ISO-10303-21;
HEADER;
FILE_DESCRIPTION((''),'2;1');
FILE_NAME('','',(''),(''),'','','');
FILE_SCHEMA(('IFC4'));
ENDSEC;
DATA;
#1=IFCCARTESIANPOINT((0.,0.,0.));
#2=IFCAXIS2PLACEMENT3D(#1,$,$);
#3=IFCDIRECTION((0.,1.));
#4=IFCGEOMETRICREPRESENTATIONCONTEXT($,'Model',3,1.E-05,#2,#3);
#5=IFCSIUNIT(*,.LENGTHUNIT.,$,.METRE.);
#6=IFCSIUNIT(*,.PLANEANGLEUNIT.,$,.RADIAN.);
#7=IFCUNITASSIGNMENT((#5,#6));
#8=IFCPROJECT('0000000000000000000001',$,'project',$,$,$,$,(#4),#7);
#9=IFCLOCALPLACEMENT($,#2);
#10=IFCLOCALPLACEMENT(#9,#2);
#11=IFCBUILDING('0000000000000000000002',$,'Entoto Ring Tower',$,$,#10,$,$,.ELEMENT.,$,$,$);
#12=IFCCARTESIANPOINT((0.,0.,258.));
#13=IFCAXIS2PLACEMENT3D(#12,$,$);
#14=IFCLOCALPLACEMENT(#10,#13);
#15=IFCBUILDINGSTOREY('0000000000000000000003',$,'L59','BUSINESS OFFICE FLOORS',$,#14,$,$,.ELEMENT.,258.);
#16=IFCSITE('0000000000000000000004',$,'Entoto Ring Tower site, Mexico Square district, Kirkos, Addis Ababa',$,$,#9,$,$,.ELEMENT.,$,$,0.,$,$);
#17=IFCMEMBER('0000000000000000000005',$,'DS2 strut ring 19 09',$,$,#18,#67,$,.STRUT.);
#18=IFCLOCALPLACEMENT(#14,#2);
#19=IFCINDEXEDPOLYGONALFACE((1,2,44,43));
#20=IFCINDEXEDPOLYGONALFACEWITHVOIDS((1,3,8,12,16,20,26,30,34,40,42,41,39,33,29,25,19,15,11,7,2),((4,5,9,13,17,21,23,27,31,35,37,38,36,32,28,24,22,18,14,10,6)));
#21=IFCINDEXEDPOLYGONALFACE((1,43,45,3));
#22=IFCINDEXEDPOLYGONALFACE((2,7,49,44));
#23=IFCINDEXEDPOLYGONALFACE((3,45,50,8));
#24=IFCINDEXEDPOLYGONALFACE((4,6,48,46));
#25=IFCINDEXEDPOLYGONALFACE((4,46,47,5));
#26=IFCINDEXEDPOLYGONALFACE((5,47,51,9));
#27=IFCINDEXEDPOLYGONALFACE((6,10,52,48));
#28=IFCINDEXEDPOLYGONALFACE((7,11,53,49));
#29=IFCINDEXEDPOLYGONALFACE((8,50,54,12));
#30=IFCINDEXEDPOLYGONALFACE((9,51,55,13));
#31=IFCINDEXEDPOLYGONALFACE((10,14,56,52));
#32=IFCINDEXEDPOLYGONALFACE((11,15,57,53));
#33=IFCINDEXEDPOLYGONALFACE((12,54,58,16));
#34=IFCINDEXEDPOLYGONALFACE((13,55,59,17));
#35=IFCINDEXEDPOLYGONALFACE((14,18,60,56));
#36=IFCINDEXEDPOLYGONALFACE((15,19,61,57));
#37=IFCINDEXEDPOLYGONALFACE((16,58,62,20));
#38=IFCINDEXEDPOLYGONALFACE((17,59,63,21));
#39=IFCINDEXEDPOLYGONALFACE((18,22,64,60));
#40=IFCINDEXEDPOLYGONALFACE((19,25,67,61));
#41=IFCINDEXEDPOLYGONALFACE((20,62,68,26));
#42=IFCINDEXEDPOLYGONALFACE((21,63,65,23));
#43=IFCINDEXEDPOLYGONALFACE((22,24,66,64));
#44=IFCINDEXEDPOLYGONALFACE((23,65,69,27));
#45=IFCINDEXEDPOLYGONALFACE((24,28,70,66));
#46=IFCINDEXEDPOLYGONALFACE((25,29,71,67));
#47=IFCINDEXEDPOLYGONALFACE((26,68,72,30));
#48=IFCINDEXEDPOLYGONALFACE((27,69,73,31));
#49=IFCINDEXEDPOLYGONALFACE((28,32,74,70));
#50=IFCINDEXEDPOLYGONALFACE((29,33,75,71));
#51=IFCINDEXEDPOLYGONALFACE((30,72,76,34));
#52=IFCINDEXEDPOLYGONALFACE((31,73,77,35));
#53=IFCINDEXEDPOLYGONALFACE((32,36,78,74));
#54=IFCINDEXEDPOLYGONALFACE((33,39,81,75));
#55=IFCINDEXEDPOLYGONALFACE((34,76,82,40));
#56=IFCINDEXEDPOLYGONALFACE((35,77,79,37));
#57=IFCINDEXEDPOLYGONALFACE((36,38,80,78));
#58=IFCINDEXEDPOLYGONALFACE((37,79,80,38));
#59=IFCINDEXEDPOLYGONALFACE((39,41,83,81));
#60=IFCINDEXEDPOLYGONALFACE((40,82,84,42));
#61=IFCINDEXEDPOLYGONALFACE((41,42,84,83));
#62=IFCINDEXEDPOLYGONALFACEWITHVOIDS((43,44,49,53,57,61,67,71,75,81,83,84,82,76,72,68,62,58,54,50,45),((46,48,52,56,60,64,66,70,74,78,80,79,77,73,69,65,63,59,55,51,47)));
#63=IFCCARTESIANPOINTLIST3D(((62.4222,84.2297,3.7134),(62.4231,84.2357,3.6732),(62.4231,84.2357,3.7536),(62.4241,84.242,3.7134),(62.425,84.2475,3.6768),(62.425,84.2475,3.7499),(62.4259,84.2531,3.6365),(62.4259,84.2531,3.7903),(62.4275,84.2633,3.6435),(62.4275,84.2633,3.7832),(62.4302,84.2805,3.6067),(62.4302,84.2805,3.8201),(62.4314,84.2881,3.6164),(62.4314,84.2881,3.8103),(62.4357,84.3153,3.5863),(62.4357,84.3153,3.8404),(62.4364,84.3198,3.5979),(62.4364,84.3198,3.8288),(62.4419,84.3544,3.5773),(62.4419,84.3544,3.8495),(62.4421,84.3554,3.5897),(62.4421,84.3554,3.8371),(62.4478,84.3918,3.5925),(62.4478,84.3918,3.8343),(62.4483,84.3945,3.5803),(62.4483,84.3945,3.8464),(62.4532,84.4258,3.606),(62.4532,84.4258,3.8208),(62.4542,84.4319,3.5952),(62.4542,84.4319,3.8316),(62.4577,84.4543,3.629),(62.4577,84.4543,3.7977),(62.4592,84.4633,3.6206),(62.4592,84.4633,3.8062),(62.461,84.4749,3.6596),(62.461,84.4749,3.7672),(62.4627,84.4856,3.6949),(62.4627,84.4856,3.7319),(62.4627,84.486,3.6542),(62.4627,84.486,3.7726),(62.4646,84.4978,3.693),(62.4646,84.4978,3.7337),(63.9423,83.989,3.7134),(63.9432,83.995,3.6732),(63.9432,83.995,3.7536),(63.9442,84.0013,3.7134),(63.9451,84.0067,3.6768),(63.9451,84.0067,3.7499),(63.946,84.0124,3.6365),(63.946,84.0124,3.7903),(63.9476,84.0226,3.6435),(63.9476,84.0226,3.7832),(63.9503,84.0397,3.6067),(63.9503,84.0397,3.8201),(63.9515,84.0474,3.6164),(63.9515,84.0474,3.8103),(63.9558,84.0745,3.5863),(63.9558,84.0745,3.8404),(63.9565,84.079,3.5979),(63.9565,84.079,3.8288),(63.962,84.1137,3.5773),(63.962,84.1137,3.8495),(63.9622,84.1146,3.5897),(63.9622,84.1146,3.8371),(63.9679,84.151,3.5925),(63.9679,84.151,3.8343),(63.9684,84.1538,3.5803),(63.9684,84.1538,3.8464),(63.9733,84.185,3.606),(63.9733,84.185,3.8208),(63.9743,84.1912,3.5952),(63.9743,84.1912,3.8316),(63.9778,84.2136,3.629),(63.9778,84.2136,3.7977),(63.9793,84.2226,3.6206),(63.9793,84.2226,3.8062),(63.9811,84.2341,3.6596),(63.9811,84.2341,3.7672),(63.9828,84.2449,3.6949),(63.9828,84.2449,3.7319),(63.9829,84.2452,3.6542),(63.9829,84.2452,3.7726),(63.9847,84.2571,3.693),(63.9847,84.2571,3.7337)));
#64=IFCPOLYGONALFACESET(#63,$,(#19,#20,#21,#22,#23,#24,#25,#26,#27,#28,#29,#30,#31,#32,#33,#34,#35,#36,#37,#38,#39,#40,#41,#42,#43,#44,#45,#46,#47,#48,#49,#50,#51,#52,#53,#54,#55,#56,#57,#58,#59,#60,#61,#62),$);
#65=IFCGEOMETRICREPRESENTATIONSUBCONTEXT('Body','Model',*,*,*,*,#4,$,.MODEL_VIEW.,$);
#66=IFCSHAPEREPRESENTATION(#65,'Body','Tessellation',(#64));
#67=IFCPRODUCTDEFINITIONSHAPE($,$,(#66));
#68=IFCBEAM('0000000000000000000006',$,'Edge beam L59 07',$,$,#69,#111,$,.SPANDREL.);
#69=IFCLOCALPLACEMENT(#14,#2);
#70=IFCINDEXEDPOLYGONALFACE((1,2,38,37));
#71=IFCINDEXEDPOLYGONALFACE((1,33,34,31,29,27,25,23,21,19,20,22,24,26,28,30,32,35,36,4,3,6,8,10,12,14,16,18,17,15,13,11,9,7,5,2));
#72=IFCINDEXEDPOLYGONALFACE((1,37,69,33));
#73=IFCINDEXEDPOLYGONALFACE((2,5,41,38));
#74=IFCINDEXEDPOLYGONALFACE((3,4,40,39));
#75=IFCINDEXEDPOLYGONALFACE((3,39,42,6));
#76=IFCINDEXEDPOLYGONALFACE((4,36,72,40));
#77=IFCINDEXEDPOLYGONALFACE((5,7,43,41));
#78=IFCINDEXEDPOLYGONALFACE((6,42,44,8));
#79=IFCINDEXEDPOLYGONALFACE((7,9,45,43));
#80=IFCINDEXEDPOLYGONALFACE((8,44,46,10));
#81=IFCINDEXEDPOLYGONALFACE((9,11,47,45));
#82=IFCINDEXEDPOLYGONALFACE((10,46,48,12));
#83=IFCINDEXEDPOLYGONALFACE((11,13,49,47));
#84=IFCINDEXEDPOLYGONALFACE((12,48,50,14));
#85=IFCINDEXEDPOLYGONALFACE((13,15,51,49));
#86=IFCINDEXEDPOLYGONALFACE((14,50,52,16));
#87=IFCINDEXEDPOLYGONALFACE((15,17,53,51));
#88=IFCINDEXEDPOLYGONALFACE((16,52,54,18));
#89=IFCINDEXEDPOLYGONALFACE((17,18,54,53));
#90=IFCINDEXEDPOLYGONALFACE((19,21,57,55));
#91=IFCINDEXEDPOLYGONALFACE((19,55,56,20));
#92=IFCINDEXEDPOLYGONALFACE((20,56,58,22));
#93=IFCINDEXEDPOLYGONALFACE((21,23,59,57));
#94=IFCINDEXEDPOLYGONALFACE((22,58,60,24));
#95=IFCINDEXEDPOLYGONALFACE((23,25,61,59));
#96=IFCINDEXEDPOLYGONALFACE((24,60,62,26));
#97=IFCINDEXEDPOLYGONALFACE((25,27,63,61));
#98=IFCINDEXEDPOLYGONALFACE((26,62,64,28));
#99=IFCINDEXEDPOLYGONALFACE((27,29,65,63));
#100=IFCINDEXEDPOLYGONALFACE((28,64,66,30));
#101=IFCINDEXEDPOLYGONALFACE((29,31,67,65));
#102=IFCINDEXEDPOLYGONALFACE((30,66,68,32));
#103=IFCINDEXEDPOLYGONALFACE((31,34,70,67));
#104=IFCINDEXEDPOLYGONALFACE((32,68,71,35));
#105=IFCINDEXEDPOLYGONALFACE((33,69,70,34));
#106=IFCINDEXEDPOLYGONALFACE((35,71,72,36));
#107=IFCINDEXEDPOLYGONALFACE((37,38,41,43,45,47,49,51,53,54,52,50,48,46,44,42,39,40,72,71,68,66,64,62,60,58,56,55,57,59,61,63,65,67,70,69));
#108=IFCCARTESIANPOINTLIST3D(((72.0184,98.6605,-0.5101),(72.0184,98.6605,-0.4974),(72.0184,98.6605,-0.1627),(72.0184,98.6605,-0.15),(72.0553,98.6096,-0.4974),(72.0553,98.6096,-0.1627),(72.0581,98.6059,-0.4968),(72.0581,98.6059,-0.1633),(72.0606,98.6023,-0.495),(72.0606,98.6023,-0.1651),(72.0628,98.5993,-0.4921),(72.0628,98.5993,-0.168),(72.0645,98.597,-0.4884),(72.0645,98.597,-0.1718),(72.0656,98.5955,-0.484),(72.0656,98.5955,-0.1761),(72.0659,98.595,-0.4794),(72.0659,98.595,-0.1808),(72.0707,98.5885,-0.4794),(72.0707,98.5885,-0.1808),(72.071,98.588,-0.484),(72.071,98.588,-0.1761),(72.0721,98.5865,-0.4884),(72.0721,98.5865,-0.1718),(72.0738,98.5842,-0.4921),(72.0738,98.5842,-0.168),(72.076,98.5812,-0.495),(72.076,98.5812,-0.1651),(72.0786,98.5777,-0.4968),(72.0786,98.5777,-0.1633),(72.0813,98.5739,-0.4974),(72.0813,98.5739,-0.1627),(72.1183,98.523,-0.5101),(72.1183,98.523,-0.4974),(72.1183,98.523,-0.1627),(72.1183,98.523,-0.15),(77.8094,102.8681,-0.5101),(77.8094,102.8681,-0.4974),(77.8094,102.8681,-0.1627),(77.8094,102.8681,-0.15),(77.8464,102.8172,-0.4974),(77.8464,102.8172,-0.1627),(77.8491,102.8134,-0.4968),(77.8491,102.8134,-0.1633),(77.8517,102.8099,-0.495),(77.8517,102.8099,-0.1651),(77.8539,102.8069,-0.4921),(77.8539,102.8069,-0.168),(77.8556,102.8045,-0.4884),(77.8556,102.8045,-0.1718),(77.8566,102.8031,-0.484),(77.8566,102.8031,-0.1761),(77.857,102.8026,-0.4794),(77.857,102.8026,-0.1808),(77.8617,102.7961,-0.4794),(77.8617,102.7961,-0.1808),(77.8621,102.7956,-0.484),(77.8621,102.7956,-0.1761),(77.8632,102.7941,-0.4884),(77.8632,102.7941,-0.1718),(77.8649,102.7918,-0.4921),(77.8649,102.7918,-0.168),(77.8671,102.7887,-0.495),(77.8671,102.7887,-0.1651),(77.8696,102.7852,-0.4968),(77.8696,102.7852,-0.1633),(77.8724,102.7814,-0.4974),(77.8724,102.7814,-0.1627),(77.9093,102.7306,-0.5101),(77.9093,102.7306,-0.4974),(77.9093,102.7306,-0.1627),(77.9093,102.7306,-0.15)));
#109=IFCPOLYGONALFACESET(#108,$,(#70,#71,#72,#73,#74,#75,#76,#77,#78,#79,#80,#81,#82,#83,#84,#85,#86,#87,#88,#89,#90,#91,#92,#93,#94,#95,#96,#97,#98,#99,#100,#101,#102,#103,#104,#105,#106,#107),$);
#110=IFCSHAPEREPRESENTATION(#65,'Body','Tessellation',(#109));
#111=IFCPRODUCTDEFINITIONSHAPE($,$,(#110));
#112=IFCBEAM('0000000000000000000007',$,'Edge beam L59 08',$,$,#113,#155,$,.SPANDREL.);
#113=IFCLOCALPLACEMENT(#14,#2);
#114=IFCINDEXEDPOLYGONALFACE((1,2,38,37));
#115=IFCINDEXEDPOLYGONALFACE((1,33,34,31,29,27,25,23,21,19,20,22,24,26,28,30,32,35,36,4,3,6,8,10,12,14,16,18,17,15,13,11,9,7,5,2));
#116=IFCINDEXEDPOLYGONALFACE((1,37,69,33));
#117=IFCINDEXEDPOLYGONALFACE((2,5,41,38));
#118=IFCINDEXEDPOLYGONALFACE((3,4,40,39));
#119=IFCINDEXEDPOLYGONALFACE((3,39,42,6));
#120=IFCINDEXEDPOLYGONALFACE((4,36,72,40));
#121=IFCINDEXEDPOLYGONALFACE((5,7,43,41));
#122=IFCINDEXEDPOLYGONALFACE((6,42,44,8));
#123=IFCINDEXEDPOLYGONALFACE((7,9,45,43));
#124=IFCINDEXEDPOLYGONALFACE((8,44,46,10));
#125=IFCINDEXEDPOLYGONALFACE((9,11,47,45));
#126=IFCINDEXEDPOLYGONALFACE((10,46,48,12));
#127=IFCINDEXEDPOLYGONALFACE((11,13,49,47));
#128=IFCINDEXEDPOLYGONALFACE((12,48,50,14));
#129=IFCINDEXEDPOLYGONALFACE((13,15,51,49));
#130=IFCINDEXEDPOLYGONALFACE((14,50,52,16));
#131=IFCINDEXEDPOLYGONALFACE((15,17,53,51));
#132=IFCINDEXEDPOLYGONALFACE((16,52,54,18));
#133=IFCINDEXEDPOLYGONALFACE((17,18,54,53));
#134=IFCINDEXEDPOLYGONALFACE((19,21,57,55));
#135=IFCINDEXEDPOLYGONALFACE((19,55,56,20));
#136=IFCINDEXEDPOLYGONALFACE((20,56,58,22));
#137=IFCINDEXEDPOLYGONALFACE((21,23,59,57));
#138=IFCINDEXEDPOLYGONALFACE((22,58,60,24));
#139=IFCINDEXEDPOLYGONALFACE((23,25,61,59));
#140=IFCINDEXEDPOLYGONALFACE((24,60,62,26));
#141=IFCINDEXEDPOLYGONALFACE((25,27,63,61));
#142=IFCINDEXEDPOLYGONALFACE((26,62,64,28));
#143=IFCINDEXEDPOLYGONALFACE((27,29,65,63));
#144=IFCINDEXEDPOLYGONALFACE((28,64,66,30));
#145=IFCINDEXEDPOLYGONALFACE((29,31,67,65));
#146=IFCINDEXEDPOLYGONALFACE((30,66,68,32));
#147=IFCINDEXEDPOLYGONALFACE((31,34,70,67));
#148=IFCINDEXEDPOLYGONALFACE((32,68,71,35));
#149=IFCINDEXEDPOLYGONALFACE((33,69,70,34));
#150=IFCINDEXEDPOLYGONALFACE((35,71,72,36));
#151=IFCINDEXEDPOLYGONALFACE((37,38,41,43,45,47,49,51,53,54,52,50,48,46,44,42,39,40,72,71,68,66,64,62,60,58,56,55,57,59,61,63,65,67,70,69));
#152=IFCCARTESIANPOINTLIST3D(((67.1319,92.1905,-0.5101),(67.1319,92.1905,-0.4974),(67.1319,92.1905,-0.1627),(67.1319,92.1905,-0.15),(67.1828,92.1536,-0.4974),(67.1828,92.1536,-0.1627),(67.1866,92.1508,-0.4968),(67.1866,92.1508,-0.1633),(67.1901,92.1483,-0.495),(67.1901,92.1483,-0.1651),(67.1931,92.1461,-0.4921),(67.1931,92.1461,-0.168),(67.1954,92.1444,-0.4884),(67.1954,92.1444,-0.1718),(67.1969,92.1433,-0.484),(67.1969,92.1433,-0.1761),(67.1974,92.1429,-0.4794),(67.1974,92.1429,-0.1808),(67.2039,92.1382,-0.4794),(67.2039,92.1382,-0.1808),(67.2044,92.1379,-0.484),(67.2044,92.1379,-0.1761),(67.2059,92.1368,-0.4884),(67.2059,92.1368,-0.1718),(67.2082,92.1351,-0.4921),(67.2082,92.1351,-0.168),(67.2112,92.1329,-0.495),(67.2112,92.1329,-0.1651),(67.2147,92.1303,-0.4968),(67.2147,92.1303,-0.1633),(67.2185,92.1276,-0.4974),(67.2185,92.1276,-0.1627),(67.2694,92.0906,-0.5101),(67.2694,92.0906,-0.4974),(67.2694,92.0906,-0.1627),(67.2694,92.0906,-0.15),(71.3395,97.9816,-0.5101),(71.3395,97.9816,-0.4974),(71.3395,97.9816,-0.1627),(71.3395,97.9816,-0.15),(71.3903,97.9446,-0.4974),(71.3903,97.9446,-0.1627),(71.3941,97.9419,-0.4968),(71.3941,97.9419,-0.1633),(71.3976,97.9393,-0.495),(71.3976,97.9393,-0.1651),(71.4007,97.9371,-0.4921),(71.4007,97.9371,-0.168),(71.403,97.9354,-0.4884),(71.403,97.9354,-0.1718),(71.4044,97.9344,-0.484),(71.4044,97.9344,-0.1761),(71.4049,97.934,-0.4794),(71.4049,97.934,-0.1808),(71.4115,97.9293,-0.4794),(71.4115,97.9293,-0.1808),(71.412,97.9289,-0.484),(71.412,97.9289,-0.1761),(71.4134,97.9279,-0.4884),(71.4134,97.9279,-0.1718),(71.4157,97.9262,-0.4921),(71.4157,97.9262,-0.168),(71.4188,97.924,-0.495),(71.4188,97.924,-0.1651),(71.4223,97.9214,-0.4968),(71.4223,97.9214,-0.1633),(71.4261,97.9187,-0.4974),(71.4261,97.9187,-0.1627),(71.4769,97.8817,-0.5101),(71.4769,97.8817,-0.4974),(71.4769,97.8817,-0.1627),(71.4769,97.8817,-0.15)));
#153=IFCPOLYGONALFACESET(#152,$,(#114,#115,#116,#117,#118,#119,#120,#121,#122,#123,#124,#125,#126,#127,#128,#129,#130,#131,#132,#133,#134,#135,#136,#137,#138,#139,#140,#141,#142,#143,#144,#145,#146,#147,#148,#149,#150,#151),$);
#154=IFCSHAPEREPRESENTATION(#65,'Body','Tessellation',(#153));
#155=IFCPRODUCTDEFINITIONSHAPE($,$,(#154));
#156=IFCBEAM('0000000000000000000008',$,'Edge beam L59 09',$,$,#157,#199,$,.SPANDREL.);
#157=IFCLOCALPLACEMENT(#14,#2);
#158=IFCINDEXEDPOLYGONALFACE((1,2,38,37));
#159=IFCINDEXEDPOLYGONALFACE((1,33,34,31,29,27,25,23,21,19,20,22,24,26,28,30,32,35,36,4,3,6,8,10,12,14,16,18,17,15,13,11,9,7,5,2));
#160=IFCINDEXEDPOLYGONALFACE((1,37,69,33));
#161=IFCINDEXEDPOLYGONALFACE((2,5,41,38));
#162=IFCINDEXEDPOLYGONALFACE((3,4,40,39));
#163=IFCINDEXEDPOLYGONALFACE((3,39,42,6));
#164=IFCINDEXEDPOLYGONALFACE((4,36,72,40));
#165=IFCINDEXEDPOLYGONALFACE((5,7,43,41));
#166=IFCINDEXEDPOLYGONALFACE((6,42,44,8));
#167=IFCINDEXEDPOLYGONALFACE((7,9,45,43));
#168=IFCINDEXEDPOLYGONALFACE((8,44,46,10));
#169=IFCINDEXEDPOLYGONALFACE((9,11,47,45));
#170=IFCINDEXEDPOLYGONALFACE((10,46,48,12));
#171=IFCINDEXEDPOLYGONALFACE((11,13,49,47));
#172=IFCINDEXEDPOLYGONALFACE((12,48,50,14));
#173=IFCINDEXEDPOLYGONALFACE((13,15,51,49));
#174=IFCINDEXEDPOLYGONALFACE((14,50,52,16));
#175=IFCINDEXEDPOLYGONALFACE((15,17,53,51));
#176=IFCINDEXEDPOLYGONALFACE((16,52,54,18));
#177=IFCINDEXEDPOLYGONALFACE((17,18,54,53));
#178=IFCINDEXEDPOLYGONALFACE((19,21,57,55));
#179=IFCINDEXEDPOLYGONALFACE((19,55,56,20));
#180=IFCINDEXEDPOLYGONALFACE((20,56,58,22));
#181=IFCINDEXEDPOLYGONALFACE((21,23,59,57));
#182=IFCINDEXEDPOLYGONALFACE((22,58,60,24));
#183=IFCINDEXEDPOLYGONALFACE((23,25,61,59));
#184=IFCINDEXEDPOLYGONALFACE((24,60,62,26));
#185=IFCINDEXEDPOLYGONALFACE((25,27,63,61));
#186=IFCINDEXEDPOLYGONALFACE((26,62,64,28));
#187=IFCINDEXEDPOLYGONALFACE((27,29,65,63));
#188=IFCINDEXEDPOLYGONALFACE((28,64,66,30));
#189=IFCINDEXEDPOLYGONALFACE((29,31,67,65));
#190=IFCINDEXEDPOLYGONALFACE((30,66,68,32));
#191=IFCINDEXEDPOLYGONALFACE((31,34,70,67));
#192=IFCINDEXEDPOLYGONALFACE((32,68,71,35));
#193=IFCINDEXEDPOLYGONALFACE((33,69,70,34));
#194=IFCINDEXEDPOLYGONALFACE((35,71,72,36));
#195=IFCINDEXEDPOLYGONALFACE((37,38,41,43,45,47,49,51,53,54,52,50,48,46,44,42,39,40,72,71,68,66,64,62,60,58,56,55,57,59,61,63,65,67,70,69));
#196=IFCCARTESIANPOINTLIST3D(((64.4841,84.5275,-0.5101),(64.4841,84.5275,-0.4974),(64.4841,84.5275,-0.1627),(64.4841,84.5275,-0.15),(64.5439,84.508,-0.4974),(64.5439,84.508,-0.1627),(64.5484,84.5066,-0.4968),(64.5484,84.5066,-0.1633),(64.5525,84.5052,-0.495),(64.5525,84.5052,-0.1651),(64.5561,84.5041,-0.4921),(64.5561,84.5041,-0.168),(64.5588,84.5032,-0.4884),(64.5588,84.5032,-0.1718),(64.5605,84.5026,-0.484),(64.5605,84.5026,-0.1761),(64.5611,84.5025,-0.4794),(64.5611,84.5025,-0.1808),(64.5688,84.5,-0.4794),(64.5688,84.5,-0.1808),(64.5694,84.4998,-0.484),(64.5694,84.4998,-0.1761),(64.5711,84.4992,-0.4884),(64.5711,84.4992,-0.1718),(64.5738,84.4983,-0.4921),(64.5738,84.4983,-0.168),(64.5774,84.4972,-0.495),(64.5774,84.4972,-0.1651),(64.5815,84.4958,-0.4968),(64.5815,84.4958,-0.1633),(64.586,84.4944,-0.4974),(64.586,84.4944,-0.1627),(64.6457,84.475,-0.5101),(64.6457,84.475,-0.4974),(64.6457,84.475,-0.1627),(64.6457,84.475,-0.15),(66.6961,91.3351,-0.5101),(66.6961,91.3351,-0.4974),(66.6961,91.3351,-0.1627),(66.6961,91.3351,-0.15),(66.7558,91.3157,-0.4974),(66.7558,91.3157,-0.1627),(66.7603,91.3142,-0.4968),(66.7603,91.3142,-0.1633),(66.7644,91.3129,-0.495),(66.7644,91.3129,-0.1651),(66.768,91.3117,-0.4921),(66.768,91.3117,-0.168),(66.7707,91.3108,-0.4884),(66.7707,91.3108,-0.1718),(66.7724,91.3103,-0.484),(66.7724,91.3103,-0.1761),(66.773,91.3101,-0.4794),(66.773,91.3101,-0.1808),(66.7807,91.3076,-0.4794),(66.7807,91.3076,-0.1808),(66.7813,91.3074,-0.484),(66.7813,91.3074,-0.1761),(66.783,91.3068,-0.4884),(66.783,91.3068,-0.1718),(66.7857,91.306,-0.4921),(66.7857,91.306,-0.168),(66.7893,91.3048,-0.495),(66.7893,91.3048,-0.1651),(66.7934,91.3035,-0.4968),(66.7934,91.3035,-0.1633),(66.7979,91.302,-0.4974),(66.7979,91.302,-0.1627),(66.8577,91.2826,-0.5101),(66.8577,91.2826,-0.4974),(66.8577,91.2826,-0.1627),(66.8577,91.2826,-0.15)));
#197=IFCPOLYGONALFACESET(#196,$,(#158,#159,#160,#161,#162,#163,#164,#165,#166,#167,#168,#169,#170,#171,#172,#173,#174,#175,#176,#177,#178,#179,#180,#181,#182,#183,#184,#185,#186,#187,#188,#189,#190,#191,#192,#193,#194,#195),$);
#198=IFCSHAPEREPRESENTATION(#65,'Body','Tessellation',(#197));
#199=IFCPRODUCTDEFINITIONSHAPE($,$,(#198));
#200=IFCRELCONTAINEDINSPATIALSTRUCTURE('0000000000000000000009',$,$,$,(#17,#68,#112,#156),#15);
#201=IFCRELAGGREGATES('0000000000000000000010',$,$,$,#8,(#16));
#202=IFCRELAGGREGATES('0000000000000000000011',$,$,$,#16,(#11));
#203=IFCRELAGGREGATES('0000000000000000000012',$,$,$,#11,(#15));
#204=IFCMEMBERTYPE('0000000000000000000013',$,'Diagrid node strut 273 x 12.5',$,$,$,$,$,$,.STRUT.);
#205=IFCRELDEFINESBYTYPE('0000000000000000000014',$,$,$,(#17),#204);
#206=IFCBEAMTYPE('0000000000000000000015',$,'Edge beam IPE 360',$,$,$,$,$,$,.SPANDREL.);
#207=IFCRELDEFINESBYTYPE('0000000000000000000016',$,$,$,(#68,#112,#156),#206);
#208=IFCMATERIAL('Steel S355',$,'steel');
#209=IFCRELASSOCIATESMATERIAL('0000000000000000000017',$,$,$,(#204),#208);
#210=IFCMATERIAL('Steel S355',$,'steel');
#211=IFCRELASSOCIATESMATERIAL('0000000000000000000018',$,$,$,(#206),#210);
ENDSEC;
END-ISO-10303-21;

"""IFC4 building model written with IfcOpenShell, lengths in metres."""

from ifc_helpers import new_model, si_unit, direction, frame, origin, origin_2d, place, context, subcontext, project, spatial, circle, hollow_circle, i_section, extrude, material, material_profile, profile_set, type_object, element, save


model = new_model("IFC4")

# Units and contexts
model_context = context("Model", 3, precision=1e-05, world=origin(), true_north=direction((0.0, 1.0)))
body_context = subcontext(model_context, "Body", "Model", "MODEL_VIEW")
ifc_project = project(units=[si_unit("LENGTHUNIT", "METRE"), si_unit("PLANEANGLEUNIT", "RADIAN")], contexts=[model_context])

# Site, building, storey
site_placement = place(None, origin())
site = spatial("IfcSite", under=ifc_project, at=site_placement, Name="Entoto Ring Tower site, Mexico Square district, Kirkos, Addis Ababa", CompositionType="ELEMENT", RefElevation=0.0)
building_placement = place(site_placement, origin())
building = spatial("IfcBuilding", under=site, at=building_placement, Name="Entoto Ring Tower", CompositionType="ELEMENT")
storey_placement = place(building_placement, frame((0.0, 0.0, 258.0)))
storey = spatial("IfcBuildingStorey", under=building, at=storey_placement, Name="L59", Description="BUSINESS OFFICE FLOORS", CompositionType="ELEMENT", Elevation=258.0)

# Member
ifc_material_1 = material(Name="Steel S355", Category="steel")
ifc_material_profile_1 = material_profile(ifc_material_1, hollow_circle(Radius=0.1365, WallThickness=0.0125, at=origin_2d()), Name="CHS 273 x 12.5")
ifc_material_2 = material(Name="Concrete C60/75", Category="concrete")
ifc_material_profile_2 = material_profile(ifc_material_2, circle(Radius=0.124, at=origin_2d()), Name="Concrete C60/75 infill")
ifc_profile_set_1 = profile_set([ifc_material_profile_1, ifc_material_profile_2], Name="Steel S355")
member_type = type_object("IfcMemberType", Name="Diagrid node strut 273 x 12.5", PredefinedType="STRUT", material=ifc_profile_set_1)
for number, where, z_axis, x_axis, name in (
    (1, (63.9636, 84.1238, 3.7134), (-0.987691, 0.156419, 0.0), (-0.156419, -0.987691, 0.0), "DS2 strut ring 19 09"),
):
    element("IfcMember", number, at=place(storey_placement, frame(where, z_axis=z_axis, x_axis=x_axis)), inside=storey, type_object=member_type, Name=name, PredefinedType="STRUT", context=body_context, shape_type="SweptSolid", body=[
        extrude(hollow_circle(Radius=0.1365, WallThickness=0.0125, at=origin_2d()), origin(), (0.0, 0.0, 1.0), 1.5391),
    ])

# Beams
ifc_material_3 = material(Name="Steel S355", Category="steel")
ifc_material_profile_3 = material_profile(ifc_material_3, i_section(OverallWidth=0.1699, OverallDepth=0.3601, WebThickness=0.0081, FlangeThickness=0.0127, FilletRadius=0.0181, at=origin_2d()), Name="IPE 360")
ifc_profile_set_2 = profile_set([ifc_material_profile_3], Name="Steel S355")
beam_type_1 = type_object("IfcBeamType", Name="Edge beam IPE 360", PredefinedType="SPANDREL", material=ifc_profile_set_2)
for number, where, z_axis, x_axis, name in (
    (2, (77.8594, 102.7993, -0.3301), (-0.80901, -0.587794, 0.0), (0.587794, -0.80901, 0.0), "Edge beam L59 07"),
    (3, (71.4082, 97.9316, -0.3301), (-0.587794, -0.80901, 0.0), (0.80901, -0.587794, 0.0), "Edge beam L59 08"),
):
    element("IfcBeam", number, at=place(storey_placement, frame(where, z_axis=z_axis, x_axis=x_axis)), inside=storey, type_object=beam_type_1, Name=name, PredefinedType="SPANDREL", context=body_context, shape_type="SweptSolid", body=[
        extrude(i_section(OverallWidth=0.1699, OverallDepth=0.3601, WebThickness=0.0081, FlangeThickness=0.0127, FilletRadius=0.0181, at=origin_2d()), origin(), (0.0, 0.0, 1.0), 7.1582),
    ])
beam_1_placement = place(storey_placement, frame((66.7769, 91.3088, -0.3301), z_axis=(-0.309015, -0.951057, 0.0), x_axis=(0.951057, -0.309015, 0.0)))
element("IfcBeam", 4, at=beam_1_placement, inside=storey, type_object=beam_type_1, Name="Edge beam L59 09", PredefinedType="SPANDREL", context=body_context, shape_type="SweptSolid", body=[
    extrude(i_section(OverallWidth=0.1699, OverallDepth=0.3601, WebThickness=0.0081, FlangeThickness=0.0127, FilletRadius=0.0181, at=origin_2d()), origin(), (0.0, 0.0, 1.0), 7.158),
])

save(model, "model.ifc")
